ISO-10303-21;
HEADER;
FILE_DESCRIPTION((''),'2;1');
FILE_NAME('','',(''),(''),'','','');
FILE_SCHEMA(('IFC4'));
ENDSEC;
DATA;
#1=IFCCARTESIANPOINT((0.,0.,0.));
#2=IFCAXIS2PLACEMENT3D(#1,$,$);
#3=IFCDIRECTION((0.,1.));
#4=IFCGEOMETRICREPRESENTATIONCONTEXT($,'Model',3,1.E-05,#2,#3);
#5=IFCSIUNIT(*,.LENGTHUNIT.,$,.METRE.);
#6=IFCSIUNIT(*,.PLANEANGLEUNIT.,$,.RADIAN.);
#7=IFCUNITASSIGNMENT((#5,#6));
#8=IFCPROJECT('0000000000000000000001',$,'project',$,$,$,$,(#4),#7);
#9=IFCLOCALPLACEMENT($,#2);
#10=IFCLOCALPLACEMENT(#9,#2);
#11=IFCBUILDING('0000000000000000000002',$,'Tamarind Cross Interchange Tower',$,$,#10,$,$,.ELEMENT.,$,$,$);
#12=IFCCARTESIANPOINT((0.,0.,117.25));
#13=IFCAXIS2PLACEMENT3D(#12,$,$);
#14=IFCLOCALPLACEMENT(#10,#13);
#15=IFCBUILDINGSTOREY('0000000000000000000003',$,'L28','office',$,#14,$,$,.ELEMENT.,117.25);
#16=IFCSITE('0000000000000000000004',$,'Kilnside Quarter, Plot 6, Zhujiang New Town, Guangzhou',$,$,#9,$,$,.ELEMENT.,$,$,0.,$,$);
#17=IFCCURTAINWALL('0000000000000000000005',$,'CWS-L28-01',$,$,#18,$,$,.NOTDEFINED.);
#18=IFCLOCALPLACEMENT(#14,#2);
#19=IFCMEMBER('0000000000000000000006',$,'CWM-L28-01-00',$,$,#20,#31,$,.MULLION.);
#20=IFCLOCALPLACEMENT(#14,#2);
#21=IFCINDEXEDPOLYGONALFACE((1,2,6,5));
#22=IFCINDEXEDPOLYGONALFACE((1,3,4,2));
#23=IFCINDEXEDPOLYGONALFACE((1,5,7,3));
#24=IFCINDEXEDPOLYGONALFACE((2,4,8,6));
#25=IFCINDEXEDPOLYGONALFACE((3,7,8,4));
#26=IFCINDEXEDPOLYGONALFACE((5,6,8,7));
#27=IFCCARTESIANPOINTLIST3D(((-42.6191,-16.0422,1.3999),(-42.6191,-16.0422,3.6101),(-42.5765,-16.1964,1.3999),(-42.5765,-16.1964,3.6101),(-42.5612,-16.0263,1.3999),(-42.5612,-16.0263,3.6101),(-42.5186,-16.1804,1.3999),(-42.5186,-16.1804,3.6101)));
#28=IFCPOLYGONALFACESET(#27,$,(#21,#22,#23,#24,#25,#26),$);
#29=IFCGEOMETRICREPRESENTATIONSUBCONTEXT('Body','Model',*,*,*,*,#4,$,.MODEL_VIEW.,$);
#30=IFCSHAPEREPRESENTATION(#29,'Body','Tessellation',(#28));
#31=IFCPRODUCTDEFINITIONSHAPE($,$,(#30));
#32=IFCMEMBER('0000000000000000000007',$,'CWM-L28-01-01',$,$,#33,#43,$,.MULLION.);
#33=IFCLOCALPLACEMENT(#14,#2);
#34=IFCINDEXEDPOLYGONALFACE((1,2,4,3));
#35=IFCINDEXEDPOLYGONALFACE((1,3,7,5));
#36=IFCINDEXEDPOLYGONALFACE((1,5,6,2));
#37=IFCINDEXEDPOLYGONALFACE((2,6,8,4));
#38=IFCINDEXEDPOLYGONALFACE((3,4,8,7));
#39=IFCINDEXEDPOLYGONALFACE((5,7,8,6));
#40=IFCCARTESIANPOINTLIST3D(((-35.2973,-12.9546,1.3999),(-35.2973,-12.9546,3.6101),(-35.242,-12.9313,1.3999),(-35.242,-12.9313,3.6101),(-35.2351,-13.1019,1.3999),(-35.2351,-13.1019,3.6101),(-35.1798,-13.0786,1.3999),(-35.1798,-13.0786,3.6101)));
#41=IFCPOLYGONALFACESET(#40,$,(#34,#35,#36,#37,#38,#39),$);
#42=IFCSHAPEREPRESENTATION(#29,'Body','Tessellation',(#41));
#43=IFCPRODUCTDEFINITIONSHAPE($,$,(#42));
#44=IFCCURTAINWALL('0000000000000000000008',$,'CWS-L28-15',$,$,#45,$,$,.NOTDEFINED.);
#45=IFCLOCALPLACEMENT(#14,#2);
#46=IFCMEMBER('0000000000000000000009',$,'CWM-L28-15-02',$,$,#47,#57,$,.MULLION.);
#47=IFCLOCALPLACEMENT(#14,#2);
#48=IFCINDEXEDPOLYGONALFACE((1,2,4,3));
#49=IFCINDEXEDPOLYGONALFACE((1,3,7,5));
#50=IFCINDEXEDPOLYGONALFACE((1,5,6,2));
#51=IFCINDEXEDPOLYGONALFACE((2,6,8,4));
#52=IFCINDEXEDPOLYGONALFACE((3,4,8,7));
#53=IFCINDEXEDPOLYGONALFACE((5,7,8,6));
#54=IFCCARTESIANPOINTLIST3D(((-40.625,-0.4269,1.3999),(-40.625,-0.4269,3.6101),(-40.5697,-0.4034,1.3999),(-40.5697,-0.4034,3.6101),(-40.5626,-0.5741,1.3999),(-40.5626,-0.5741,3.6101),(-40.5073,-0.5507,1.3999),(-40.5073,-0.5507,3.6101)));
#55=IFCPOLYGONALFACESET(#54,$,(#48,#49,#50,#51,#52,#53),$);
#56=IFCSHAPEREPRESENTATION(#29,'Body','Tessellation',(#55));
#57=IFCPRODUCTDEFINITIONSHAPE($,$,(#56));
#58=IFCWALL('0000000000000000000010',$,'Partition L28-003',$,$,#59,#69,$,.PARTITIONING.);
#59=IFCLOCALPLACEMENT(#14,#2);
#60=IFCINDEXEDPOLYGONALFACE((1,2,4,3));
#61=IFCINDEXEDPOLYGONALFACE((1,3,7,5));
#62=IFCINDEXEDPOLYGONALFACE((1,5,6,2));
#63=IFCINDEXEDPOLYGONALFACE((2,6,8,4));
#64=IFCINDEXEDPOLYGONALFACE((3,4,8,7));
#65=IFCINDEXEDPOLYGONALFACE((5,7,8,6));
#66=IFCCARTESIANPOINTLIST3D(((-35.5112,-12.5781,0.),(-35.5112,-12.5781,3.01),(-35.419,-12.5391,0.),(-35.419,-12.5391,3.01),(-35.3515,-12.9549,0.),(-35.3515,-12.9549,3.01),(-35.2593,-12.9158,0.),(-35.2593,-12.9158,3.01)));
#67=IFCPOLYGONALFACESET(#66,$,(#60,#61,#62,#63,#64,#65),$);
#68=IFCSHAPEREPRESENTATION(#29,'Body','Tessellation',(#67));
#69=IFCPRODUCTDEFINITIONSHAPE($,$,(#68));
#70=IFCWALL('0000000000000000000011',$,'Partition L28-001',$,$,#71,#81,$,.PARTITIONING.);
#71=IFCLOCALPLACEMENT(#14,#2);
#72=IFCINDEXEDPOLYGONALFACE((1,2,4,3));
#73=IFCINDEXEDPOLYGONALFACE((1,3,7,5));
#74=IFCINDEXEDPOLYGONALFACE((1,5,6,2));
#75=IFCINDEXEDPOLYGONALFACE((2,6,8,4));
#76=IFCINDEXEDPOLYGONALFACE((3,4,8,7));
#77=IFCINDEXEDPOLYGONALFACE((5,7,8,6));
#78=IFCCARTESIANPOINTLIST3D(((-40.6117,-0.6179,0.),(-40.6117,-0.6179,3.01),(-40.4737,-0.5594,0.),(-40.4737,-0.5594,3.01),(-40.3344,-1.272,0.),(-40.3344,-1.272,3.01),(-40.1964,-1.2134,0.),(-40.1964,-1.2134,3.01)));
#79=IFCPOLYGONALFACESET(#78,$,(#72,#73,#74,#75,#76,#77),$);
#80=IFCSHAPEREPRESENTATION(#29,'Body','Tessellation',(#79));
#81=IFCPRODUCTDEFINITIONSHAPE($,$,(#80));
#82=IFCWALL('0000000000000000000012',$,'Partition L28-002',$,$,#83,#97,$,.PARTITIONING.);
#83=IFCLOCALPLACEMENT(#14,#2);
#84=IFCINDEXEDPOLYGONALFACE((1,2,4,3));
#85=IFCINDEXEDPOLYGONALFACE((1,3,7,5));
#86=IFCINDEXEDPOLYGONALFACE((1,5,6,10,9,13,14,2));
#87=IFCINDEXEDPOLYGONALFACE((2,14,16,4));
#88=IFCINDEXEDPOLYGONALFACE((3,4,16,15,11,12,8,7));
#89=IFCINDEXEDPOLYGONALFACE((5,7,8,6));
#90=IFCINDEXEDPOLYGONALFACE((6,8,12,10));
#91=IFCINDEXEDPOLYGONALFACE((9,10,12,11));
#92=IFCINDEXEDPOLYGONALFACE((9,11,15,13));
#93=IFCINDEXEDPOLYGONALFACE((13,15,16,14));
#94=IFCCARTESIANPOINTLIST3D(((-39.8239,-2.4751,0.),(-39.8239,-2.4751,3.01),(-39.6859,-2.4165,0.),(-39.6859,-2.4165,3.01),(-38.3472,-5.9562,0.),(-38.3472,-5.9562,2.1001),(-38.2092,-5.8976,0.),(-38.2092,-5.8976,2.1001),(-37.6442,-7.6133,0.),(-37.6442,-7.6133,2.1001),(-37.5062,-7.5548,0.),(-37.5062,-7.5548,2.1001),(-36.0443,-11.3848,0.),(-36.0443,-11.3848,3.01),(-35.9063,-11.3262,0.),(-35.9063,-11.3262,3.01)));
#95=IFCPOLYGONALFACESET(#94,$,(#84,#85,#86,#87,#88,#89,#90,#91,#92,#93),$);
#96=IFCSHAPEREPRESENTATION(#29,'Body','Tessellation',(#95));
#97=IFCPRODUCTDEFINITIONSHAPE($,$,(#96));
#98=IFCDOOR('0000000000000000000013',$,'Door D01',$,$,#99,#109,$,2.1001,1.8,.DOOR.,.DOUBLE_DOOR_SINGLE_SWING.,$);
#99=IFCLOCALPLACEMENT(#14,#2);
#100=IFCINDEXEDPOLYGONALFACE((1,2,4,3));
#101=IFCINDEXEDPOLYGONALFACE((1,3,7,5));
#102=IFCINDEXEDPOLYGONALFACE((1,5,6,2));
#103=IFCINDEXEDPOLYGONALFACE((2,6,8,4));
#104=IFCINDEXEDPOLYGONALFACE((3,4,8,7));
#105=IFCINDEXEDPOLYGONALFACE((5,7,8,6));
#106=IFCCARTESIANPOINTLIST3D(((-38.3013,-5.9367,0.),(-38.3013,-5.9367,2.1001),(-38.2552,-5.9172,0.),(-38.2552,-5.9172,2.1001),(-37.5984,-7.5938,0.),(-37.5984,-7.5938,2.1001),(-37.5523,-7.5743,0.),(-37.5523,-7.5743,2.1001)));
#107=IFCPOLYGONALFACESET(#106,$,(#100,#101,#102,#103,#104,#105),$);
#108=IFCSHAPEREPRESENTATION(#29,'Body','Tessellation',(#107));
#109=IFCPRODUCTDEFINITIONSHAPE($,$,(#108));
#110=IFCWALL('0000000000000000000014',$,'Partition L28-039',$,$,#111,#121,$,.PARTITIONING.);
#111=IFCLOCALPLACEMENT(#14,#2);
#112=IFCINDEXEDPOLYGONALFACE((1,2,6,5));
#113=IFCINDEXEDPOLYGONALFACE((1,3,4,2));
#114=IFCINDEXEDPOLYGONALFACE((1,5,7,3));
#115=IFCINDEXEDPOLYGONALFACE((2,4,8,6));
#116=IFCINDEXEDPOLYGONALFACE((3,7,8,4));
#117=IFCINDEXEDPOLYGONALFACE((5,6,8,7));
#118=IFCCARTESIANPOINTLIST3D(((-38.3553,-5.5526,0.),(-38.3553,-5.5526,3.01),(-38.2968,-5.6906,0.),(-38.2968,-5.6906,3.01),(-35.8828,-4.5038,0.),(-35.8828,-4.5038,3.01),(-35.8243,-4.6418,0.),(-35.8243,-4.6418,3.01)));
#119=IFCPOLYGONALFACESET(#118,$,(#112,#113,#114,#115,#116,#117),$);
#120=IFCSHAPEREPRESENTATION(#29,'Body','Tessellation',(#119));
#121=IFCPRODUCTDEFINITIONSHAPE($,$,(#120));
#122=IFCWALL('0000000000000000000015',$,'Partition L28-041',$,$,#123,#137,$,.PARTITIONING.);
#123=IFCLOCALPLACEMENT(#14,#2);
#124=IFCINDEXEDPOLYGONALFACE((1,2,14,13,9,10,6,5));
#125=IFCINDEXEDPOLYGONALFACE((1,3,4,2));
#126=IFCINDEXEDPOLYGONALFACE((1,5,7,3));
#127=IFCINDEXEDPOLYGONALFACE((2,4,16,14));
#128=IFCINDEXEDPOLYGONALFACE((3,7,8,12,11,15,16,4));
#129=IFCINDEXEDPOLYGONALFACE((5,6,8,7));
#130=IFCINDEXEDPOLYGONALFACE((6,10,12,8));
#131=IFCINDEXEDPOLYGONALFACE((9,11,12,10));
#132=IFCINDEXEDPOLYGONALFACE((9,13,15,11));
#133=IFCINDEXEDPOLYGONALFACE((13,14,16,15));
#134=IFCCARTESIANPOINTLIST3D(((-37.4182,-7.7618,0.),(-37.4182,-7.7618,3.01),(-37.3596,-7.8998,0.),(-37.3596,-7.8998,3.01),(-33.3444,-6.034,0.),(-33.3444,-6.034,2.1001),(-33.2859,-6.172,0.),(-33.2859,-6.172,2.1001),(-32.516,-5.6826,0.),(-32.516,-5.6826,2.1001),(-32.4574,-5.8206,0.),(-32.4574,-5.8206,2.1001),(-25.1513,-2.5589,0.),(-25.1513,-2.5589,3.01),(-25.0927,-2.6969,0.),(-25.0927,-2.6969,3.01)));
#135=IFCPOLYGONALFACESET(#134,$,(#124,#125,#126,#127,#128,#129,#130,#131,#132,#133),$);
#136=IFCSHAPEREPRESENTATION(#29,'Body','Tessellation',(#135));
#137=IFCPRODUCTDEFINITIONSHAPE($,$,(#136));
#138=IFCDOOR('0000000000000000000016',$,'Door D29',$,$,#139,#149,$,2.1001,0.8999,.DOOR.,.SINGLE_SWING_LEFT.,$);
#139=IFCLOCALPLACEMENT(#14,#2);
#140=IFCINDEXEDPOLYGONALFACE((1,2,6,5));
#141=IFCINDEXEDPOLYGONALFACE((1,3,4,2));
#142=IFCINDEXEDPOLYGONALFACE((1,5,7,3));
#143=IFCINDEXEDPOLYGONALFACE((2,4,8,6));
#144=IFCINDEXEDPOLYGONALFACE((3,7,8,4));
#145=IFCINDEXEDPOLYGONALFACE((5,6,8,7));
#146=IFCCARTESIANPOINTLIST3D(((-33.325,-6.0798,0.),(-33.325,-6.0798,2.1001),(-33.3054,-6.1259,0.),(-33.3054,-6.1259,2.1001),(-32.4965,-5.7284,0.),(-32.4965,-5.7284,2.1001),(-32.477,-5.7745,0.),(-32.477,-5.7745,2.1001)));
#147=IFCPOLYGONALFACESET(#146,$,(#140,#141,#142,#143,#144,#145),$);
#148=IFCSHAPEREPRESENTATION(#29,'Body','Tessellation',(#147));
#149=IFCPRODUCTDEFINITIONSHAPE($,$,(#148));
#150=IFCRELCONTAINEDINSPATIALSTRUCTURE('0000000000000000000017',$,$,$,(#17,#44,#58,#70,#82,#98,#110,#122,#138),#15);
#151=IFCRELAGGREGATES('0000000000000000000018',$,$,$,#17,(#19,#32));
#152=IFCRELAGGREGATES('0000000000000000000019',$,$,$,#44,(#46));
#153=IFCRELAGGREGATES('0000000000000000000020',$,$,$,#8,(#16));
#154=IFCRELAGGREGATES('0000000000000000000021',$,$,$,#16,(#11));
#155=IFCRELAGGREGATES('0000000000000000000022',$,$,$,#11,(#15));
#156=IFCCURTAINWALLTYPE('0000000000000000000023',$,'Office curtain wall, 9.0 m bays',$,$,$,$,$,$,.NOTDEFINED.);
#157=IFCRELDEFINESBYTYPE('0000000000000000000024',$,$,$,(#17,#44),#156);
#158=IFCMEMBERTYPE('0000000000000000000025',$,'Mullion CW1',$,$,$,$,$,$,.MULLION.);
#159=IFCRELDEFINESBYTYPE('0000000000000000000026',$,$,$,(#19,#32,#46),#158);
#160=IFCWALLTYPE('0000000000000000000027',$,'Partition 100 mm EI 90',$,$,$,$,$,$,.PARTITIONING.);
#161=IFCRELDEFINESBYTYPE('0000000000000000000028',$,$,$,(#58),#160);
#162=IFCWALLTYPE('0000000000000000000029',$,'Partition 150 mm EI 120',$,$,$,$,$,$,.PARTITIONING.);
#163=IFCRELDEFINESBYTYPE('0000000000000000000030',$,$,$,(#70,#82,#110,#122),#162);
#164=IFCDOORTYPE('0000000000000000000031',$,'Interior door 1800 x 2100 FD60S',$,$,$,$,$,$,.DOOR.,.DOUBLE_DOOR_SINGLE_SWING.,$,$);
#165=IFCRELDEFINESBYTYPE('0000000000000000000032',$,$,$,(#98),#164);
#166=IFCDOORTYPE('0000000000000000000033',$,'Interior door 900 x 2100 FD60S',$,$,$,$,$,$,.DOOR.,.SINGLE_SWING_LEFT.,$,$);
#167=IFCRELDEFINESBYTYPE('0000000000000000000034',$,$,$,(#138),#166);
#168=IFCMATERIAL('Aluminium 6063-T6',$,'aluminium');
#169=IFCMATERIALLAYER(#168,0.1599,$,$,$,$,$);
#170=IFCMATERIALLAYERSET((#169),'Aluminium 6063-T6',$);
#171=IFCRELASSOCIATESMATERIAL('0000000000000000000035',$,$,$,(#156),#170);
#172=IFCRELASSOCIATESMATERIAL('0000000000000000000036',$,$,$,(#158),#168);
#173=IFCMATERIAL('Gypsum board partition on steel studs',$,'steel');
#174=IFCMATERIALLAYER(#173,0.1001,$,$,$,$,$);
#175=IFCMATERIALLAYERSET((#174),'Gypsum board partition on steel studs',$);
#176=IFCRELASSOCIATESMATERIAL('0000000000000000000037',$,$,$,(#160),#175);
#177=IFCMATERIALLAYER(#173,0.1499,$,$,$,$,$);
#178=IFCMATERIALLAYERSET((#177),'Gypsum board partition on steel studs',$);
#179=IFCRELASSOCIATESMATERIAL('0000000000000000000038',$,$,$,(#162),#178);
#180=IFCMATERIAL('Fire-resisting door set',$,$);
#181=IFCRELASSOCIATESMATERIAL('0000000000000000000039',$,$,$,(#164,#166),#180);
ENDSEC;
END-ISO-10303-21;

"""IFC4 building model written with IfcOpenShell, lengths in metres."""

from ifc_helpers import new_model, si_unit, direction, frame, frame_2d, origin, origin_2d, place, context, subcontext, project, spatial, rectangle, extrude, material, layer, layer_set, material_profile, profile_set, type_object, element, fill, aggregate, save


model = new_model("IFC4")

# Units and contexts
model_context = context("Model", 3, precision=1e-05, world=origin(), true_north=direction((0.0, 1.0)))
body_context = subcontext(model_context, "Body", "Model", "MODEL_VIEW")
ifc_project = project(units=[si_unit("LENGTHUNIT", "METRE"), si_unit("PLANEANGLEUNIT", "RADIAN")], contexts=[model_context])

# Site, building, storey
site_placement = place(None, origin())
site = spatial("IfcSite", under=ifc_project, at=site_placement, Name="Kilnside Quarter, Plot 6, Zhujiang New Town, Guangzhou", CompositionType="ELEMENT", RefElevation=0.0)
building_placement = place(site_placement, origin())
building = spatial("IfcBuilding", under=site, at=building_placement, Name="Tamarind Cross Interchange Tower", CompositionType="ELEMENT")
storey_placement = place(building_placement, frame((0.0, 0.0, 117.25)))
storey = spatial("IfcBuildingStorey", under=building, at=storey_placement, Name="L28", Description="office", CompositionType="ELEMENT", Elevation=117.25)

# Shared definitions
ifc_material_1 = material(Name="Aluminium 6063-T6", Category="aluminium")
ifc_layer_1 = layer(ifc_material_1, 0.1599)
ifc_layer_set_1 = layer_set([ifc_layer_1], Name="Aluminium 6063-T6")
curtain_wall_type = type_object("IfcCurtainWallType", Name="Office curtain wall, 9.0 m bays", PredefinedType="NOTDEFINED", material=ifc_layer_set_1)
ifc_material_profile_1 = material_profile(ifc_material_1, rectangle(XDim=0.0601, YDim=0.1599, at=origin_2d()), Name="Mullion CW1")
ifc_profile_set_1 = profile_set([ifc_material_profile_1], Name="Aluminium 6063-T6")
member_type = type_object("IfcMemberType", Name="Mullion CW1", PredefinedType="MULLION", material=ifc_profile_set_1)

# Curtain wall, members
curtain_wall_1_placement = place(storey_placement, origin())
curtain_wall_1 = element("IfcCurtainWall", 1, at=curtain_wall_1_placement, inside=storey, type_object=curtain_wall_type, Name="CWS-L28-01", PredefinedType="NOTDEFINED")
member_1_placement = place(storey_placement, frame((-42.5688, -16.1113, 1.3999), z_axis=(0.0, 0.0, 1.0), x_axis=(0.963924, 0.266179, 0.0)))
member_1 = element("IfcMember", 2, at=member_1_placement, type_object=member_type, Name="CWM-L28-01-00", PredefinedType="MULLION", context=body_context, shape_type="SweptSolid", body=[
    extrude(rectangle(XDim=0.0601, YDim=0.1599, at=origin_2d()), origin(), (0.0, 0.0, 1.0), 2.2102),
])
member_2_placement = place(storey_placement, frame((-35.2385, -13.0166, 1.3999), z_axis=(0.0, 0.0, 1.0), x_axis=(0.921264, 0.388939, 0.0)))
member_2 = element("IfcMember", 3, at=member_2_placement, type_object=member_type, Name="CWM-L28-01-01", PredefinedType="MULLION", context=body_context, shape_type="SweptSolid", body=[
    extrude(rectangle(XDim=0.0601, YDim=0.1599, at=origin_2d()), origin(), (0.0, 0.0, 1.0), 2.2102),
])
aggregate(curtain_wall_1, [member_1, member_2])

# Curtain wall, member
curtain_wall_2_placement = place(storey_placement, origin())
curtain_wall_2 = element("IfcCurtainWall", 4, at=curtain_wall_2_placement, inside=storey, type_object=curtain_wall_type, Name="CWS-L28-15", PredefinedType="NOTDEFINED")
member_3_placement = place(storey_placement, frame((-40.5662, -0.4888, 1.3999), z_axis=(0.0, 0.0, 1.0), x_axis=(-0.920603, -0.3905, 0.0)))
member_3 = element("IfcMember", 5, at=member_3_placement, type_object=member_type, Name="CWM-L28-15-02", PredefinedType="MULLION", context=body_context, shape_type="SweptSolid", body=[
    extrude(rectangle(XDim=0.0601, YDim=0.1599, at=origin_2d()), origin(), (0.0, 0.0, 1.0), 2.2102),
])
aggregate(curtain_wall_2, [member_3])

# Walls
ifc_material_2 = material(Name="Gypsum board partition on steel studs", Category="steel")
ifc_layer_2 = layer(ifc_material_2, 0.1001)
ifc_layer_set_2 = layer_set([ifc_layer_2], Name="Gypsum board partition on steel studs")
wall_type_1 = type_object("IfcWallType", Name="Partition 100 mm EI 90", PredefinedType="PARTITIONING", material=ifc_layer_set_2)
wall_1_placement = place(storey_placement, frame((-35.4651, -12.5586, 0.0), z_axis=(0.0, 0.0, 1.0), x_axis=(0.390243, -0.920712, 0.0)))
element("IfcWall", 6, at=wall_1_placement, inside=storey, type_object=wall_type_1, Name="Partition L28-003", PredefinedType="PARTITIONING", context=body_context, shape_type="SweptSolid", body=[
    extrude(rectangle(XDim=0.4092, YDim=0.1001, at=frame_2d((0.2046, 0.0))), origin(), (0.0, 0.0, 1.0), 3.01),
])
ifc_layer_3 = layer(ifc_material_2, 0.1499)
ifc_layer_set_3 = layer_set([ifc_layer_3], Name="Gypsum board partition on steel studs")
wall_type_2 = type_object("IfcWallType", Name="Partition 150 mm EI 120", PredefinedType="PARTITIONING", material=ifc_layer_set_3)
wall_2_placement = place(storey_placement, frame((-40.5427, -0.5886, 0.0), z_axis=(0.0, 0.0, 1.0), x_axis=(0.390391, -0.920649, 0.0)))
element("IfcWall", 7, at=wall_2_placement, inside=storey, type_object=wall_type_2, Name="Partition L28-001", PredefinedType="PARTITIONING", context=body_context, shape_type="SweptSolid", body=[
    extrude(rectangle(XDim=0.7104, YDim=0.1499, at=frame_2d((0.3552, 0.0))), origin(), (0.0, 0.0, 1.0), 3.01),
])

# Wall, opening, door
wall_3_placement = place(storey_placement, frame((-39.7549, -2.4458, 0.0), z_axis=(0.0, 0.0, 1.0), x_axis=(0.390522, -0.920594, 0.0)))
wall_3 = element("IfcWall", 8, at=wall_3_placement, inside=storey, type_object=wall_type_2, Name="Partition L28-002", PredefinedType="PARTITIONING", context=body_context, shape_type="SweptSolid", body=[
    extrude(rectangle(XDim=9.6782, YDim=0.1499, at=frame_2d((4.8391, 0.0))), origin(), (0.0, 0.0, 1.0), 3.01),
])
opening_1_placement = place(wall_3_placement, frame((3.7815, 0.0, 0.0)))
opening_1 = element("IfcOpeningElement", 9, at=opening_1_placement, cuts=wall_3, PredefinedType="OPENING", context=body_context, shape_type="SweptSolid", body=[
    extrude(rectangle(XDim=1.8, YDim=2.1001, at=frame_2d((0.8999, 1.05))), frame((0.0, 0.085, 0.0), z_axis=(0.0, -1.0, 0.0), x_axis=(1.0, 0.0, 0.0)), (0.0, 0.0, 1.0), 0.1699),
])
ifc_material_3 = material(Name="Fire-resisting door set")
door_type_1 = type_object("IfcDoorType", Name="Interior door 1800 x 2100 FD60S", OperationType="DOUBLE_DOOR_SINGLE_SWING", PredefinedType="DOOR", material=ifc_material_3)
door_1_placement = place(opening_1_placement, origin())
door_1 = element("IfcDoor", 10, at=door_1_placement, inside=storey, type_object=door_type_1, Name="Door D01", OperationType="DOUBLE_DOOR_SINGLE_SWING", OverallHeight=2.1001, OverallWidth=1.8, PredefinedType="DOOR", context=body_context, shape_type="SweptSolid", body=[
    extrude(rectangle(XDim=1.8, YDim=2.1001, at=frame_2d((0.8999, 1.05))), frame((0.0, 0.0249, 0.0), z_axis=(0.0, -1.0, 0.0), x_axis=(1.0, 0.0, 0.0)), (0.0, 0.0, 1.0), 0.05),
])
fill(opening_1, door_1)

# Wall
wall_4_placement = place(storey_placement, frame((-38.3259, -5.6216, 0.0), z_axis=(0.0, 0.0, 1.0), x_axis=(0.920592, 0.390527, 0.0)))
element("IfcWall", 11, at=wall_4_placement, inside=storey, type_object=wall_type_2, Name="Partition L28-039", PredefinedType="PARTITIONING", context=body_context, shape_type="SweptSolid", body=[
    extrude(rectangle(XDim=2.6858, YDim=0.1499, at=frame_2d((1.3428, 0.0))), origin(), (0.0, 0.0, 1.0), 3.01),
])

# Wall, opening, door
wall_5_placement = place(storey_placement, frame((-37.3889, -7.8308, 0.0), z_axis=(0.0, 0.0, 1.0), x_axis=(0.920615, 0.390471, 0.0)))
wall_5 = element("IfcWall", 12, at=wall_5_placement, inside=storey, type_object=wall_type_2, Name="Partition L28-041", PredefinedType="PARTITIONING", context=body_context, shape_type="SweptSolid", body=[
    extrude(rectangle(XDim=13.3247, YDim=0.1499, at=frame_2d((6.6624, 0.0))), origin(), (0.0, 0.0, 1.0), 3.01),
])
opening_2_placement = place(wall_5_placement, frame((4.425, 0.0, 0.0)))
opening_2 = element("IfcOpeningElement", 13, at=opening_2_placement, cuts=wall_5, PredefinedType="OPENING", context=body_context, shape_type="SweptSolid", body=[
    extrude(rectangle(XDim=0.8999, YDim=2.1001, at=frame_2d((0.45, 1.05))), frame((0.0, 0.085, 0.0), z_axis=(0.0, -1.0, 0.0), x_axis=(1.0, 0.0, 0.0)), (0.0, 0.0, 1.0), 0.1699),
])
door_type_2 = type_object("IfcDoorType", Name="Interior door 900 x 2100 FD60S", OperationType="SINGLE_SWING_LEFT", PredefinedType="DOOR", material=ifc_material_3)
door_2_placement = place(opening_2_placement, frame((0.8999, 0.0, 0.0), z_axis=(0.0, 0.0, 1.0), x_axis=(-1.0, 0.0, 0.0)))
door_2 = element("IfcDoor", 14, at=door_2_placement, inside=storey, type_object=door_type_2, Name="Door D29", OperationType="SINGLE_SWING_LEFT", OverallHeight=2.1001, OverallWidth=0.8999, PredefinedType="DOOR", context=body_context, shape_type="SweptSolid", body=[
    extrude(rectangle(XDim=0.8999, YDim=2.1001, at=frame_2d((0.45, 1.05))), frame((0.0, 0.0249, 0.0), z_axis=(0.0, -1.0, 0.0), x_axis=(1.0, 0.0, 0.0)), (0.0, 0.0, 1.0), 0.05),
])
fill(opening_2, door_2)

save(model, "model.ifc")
